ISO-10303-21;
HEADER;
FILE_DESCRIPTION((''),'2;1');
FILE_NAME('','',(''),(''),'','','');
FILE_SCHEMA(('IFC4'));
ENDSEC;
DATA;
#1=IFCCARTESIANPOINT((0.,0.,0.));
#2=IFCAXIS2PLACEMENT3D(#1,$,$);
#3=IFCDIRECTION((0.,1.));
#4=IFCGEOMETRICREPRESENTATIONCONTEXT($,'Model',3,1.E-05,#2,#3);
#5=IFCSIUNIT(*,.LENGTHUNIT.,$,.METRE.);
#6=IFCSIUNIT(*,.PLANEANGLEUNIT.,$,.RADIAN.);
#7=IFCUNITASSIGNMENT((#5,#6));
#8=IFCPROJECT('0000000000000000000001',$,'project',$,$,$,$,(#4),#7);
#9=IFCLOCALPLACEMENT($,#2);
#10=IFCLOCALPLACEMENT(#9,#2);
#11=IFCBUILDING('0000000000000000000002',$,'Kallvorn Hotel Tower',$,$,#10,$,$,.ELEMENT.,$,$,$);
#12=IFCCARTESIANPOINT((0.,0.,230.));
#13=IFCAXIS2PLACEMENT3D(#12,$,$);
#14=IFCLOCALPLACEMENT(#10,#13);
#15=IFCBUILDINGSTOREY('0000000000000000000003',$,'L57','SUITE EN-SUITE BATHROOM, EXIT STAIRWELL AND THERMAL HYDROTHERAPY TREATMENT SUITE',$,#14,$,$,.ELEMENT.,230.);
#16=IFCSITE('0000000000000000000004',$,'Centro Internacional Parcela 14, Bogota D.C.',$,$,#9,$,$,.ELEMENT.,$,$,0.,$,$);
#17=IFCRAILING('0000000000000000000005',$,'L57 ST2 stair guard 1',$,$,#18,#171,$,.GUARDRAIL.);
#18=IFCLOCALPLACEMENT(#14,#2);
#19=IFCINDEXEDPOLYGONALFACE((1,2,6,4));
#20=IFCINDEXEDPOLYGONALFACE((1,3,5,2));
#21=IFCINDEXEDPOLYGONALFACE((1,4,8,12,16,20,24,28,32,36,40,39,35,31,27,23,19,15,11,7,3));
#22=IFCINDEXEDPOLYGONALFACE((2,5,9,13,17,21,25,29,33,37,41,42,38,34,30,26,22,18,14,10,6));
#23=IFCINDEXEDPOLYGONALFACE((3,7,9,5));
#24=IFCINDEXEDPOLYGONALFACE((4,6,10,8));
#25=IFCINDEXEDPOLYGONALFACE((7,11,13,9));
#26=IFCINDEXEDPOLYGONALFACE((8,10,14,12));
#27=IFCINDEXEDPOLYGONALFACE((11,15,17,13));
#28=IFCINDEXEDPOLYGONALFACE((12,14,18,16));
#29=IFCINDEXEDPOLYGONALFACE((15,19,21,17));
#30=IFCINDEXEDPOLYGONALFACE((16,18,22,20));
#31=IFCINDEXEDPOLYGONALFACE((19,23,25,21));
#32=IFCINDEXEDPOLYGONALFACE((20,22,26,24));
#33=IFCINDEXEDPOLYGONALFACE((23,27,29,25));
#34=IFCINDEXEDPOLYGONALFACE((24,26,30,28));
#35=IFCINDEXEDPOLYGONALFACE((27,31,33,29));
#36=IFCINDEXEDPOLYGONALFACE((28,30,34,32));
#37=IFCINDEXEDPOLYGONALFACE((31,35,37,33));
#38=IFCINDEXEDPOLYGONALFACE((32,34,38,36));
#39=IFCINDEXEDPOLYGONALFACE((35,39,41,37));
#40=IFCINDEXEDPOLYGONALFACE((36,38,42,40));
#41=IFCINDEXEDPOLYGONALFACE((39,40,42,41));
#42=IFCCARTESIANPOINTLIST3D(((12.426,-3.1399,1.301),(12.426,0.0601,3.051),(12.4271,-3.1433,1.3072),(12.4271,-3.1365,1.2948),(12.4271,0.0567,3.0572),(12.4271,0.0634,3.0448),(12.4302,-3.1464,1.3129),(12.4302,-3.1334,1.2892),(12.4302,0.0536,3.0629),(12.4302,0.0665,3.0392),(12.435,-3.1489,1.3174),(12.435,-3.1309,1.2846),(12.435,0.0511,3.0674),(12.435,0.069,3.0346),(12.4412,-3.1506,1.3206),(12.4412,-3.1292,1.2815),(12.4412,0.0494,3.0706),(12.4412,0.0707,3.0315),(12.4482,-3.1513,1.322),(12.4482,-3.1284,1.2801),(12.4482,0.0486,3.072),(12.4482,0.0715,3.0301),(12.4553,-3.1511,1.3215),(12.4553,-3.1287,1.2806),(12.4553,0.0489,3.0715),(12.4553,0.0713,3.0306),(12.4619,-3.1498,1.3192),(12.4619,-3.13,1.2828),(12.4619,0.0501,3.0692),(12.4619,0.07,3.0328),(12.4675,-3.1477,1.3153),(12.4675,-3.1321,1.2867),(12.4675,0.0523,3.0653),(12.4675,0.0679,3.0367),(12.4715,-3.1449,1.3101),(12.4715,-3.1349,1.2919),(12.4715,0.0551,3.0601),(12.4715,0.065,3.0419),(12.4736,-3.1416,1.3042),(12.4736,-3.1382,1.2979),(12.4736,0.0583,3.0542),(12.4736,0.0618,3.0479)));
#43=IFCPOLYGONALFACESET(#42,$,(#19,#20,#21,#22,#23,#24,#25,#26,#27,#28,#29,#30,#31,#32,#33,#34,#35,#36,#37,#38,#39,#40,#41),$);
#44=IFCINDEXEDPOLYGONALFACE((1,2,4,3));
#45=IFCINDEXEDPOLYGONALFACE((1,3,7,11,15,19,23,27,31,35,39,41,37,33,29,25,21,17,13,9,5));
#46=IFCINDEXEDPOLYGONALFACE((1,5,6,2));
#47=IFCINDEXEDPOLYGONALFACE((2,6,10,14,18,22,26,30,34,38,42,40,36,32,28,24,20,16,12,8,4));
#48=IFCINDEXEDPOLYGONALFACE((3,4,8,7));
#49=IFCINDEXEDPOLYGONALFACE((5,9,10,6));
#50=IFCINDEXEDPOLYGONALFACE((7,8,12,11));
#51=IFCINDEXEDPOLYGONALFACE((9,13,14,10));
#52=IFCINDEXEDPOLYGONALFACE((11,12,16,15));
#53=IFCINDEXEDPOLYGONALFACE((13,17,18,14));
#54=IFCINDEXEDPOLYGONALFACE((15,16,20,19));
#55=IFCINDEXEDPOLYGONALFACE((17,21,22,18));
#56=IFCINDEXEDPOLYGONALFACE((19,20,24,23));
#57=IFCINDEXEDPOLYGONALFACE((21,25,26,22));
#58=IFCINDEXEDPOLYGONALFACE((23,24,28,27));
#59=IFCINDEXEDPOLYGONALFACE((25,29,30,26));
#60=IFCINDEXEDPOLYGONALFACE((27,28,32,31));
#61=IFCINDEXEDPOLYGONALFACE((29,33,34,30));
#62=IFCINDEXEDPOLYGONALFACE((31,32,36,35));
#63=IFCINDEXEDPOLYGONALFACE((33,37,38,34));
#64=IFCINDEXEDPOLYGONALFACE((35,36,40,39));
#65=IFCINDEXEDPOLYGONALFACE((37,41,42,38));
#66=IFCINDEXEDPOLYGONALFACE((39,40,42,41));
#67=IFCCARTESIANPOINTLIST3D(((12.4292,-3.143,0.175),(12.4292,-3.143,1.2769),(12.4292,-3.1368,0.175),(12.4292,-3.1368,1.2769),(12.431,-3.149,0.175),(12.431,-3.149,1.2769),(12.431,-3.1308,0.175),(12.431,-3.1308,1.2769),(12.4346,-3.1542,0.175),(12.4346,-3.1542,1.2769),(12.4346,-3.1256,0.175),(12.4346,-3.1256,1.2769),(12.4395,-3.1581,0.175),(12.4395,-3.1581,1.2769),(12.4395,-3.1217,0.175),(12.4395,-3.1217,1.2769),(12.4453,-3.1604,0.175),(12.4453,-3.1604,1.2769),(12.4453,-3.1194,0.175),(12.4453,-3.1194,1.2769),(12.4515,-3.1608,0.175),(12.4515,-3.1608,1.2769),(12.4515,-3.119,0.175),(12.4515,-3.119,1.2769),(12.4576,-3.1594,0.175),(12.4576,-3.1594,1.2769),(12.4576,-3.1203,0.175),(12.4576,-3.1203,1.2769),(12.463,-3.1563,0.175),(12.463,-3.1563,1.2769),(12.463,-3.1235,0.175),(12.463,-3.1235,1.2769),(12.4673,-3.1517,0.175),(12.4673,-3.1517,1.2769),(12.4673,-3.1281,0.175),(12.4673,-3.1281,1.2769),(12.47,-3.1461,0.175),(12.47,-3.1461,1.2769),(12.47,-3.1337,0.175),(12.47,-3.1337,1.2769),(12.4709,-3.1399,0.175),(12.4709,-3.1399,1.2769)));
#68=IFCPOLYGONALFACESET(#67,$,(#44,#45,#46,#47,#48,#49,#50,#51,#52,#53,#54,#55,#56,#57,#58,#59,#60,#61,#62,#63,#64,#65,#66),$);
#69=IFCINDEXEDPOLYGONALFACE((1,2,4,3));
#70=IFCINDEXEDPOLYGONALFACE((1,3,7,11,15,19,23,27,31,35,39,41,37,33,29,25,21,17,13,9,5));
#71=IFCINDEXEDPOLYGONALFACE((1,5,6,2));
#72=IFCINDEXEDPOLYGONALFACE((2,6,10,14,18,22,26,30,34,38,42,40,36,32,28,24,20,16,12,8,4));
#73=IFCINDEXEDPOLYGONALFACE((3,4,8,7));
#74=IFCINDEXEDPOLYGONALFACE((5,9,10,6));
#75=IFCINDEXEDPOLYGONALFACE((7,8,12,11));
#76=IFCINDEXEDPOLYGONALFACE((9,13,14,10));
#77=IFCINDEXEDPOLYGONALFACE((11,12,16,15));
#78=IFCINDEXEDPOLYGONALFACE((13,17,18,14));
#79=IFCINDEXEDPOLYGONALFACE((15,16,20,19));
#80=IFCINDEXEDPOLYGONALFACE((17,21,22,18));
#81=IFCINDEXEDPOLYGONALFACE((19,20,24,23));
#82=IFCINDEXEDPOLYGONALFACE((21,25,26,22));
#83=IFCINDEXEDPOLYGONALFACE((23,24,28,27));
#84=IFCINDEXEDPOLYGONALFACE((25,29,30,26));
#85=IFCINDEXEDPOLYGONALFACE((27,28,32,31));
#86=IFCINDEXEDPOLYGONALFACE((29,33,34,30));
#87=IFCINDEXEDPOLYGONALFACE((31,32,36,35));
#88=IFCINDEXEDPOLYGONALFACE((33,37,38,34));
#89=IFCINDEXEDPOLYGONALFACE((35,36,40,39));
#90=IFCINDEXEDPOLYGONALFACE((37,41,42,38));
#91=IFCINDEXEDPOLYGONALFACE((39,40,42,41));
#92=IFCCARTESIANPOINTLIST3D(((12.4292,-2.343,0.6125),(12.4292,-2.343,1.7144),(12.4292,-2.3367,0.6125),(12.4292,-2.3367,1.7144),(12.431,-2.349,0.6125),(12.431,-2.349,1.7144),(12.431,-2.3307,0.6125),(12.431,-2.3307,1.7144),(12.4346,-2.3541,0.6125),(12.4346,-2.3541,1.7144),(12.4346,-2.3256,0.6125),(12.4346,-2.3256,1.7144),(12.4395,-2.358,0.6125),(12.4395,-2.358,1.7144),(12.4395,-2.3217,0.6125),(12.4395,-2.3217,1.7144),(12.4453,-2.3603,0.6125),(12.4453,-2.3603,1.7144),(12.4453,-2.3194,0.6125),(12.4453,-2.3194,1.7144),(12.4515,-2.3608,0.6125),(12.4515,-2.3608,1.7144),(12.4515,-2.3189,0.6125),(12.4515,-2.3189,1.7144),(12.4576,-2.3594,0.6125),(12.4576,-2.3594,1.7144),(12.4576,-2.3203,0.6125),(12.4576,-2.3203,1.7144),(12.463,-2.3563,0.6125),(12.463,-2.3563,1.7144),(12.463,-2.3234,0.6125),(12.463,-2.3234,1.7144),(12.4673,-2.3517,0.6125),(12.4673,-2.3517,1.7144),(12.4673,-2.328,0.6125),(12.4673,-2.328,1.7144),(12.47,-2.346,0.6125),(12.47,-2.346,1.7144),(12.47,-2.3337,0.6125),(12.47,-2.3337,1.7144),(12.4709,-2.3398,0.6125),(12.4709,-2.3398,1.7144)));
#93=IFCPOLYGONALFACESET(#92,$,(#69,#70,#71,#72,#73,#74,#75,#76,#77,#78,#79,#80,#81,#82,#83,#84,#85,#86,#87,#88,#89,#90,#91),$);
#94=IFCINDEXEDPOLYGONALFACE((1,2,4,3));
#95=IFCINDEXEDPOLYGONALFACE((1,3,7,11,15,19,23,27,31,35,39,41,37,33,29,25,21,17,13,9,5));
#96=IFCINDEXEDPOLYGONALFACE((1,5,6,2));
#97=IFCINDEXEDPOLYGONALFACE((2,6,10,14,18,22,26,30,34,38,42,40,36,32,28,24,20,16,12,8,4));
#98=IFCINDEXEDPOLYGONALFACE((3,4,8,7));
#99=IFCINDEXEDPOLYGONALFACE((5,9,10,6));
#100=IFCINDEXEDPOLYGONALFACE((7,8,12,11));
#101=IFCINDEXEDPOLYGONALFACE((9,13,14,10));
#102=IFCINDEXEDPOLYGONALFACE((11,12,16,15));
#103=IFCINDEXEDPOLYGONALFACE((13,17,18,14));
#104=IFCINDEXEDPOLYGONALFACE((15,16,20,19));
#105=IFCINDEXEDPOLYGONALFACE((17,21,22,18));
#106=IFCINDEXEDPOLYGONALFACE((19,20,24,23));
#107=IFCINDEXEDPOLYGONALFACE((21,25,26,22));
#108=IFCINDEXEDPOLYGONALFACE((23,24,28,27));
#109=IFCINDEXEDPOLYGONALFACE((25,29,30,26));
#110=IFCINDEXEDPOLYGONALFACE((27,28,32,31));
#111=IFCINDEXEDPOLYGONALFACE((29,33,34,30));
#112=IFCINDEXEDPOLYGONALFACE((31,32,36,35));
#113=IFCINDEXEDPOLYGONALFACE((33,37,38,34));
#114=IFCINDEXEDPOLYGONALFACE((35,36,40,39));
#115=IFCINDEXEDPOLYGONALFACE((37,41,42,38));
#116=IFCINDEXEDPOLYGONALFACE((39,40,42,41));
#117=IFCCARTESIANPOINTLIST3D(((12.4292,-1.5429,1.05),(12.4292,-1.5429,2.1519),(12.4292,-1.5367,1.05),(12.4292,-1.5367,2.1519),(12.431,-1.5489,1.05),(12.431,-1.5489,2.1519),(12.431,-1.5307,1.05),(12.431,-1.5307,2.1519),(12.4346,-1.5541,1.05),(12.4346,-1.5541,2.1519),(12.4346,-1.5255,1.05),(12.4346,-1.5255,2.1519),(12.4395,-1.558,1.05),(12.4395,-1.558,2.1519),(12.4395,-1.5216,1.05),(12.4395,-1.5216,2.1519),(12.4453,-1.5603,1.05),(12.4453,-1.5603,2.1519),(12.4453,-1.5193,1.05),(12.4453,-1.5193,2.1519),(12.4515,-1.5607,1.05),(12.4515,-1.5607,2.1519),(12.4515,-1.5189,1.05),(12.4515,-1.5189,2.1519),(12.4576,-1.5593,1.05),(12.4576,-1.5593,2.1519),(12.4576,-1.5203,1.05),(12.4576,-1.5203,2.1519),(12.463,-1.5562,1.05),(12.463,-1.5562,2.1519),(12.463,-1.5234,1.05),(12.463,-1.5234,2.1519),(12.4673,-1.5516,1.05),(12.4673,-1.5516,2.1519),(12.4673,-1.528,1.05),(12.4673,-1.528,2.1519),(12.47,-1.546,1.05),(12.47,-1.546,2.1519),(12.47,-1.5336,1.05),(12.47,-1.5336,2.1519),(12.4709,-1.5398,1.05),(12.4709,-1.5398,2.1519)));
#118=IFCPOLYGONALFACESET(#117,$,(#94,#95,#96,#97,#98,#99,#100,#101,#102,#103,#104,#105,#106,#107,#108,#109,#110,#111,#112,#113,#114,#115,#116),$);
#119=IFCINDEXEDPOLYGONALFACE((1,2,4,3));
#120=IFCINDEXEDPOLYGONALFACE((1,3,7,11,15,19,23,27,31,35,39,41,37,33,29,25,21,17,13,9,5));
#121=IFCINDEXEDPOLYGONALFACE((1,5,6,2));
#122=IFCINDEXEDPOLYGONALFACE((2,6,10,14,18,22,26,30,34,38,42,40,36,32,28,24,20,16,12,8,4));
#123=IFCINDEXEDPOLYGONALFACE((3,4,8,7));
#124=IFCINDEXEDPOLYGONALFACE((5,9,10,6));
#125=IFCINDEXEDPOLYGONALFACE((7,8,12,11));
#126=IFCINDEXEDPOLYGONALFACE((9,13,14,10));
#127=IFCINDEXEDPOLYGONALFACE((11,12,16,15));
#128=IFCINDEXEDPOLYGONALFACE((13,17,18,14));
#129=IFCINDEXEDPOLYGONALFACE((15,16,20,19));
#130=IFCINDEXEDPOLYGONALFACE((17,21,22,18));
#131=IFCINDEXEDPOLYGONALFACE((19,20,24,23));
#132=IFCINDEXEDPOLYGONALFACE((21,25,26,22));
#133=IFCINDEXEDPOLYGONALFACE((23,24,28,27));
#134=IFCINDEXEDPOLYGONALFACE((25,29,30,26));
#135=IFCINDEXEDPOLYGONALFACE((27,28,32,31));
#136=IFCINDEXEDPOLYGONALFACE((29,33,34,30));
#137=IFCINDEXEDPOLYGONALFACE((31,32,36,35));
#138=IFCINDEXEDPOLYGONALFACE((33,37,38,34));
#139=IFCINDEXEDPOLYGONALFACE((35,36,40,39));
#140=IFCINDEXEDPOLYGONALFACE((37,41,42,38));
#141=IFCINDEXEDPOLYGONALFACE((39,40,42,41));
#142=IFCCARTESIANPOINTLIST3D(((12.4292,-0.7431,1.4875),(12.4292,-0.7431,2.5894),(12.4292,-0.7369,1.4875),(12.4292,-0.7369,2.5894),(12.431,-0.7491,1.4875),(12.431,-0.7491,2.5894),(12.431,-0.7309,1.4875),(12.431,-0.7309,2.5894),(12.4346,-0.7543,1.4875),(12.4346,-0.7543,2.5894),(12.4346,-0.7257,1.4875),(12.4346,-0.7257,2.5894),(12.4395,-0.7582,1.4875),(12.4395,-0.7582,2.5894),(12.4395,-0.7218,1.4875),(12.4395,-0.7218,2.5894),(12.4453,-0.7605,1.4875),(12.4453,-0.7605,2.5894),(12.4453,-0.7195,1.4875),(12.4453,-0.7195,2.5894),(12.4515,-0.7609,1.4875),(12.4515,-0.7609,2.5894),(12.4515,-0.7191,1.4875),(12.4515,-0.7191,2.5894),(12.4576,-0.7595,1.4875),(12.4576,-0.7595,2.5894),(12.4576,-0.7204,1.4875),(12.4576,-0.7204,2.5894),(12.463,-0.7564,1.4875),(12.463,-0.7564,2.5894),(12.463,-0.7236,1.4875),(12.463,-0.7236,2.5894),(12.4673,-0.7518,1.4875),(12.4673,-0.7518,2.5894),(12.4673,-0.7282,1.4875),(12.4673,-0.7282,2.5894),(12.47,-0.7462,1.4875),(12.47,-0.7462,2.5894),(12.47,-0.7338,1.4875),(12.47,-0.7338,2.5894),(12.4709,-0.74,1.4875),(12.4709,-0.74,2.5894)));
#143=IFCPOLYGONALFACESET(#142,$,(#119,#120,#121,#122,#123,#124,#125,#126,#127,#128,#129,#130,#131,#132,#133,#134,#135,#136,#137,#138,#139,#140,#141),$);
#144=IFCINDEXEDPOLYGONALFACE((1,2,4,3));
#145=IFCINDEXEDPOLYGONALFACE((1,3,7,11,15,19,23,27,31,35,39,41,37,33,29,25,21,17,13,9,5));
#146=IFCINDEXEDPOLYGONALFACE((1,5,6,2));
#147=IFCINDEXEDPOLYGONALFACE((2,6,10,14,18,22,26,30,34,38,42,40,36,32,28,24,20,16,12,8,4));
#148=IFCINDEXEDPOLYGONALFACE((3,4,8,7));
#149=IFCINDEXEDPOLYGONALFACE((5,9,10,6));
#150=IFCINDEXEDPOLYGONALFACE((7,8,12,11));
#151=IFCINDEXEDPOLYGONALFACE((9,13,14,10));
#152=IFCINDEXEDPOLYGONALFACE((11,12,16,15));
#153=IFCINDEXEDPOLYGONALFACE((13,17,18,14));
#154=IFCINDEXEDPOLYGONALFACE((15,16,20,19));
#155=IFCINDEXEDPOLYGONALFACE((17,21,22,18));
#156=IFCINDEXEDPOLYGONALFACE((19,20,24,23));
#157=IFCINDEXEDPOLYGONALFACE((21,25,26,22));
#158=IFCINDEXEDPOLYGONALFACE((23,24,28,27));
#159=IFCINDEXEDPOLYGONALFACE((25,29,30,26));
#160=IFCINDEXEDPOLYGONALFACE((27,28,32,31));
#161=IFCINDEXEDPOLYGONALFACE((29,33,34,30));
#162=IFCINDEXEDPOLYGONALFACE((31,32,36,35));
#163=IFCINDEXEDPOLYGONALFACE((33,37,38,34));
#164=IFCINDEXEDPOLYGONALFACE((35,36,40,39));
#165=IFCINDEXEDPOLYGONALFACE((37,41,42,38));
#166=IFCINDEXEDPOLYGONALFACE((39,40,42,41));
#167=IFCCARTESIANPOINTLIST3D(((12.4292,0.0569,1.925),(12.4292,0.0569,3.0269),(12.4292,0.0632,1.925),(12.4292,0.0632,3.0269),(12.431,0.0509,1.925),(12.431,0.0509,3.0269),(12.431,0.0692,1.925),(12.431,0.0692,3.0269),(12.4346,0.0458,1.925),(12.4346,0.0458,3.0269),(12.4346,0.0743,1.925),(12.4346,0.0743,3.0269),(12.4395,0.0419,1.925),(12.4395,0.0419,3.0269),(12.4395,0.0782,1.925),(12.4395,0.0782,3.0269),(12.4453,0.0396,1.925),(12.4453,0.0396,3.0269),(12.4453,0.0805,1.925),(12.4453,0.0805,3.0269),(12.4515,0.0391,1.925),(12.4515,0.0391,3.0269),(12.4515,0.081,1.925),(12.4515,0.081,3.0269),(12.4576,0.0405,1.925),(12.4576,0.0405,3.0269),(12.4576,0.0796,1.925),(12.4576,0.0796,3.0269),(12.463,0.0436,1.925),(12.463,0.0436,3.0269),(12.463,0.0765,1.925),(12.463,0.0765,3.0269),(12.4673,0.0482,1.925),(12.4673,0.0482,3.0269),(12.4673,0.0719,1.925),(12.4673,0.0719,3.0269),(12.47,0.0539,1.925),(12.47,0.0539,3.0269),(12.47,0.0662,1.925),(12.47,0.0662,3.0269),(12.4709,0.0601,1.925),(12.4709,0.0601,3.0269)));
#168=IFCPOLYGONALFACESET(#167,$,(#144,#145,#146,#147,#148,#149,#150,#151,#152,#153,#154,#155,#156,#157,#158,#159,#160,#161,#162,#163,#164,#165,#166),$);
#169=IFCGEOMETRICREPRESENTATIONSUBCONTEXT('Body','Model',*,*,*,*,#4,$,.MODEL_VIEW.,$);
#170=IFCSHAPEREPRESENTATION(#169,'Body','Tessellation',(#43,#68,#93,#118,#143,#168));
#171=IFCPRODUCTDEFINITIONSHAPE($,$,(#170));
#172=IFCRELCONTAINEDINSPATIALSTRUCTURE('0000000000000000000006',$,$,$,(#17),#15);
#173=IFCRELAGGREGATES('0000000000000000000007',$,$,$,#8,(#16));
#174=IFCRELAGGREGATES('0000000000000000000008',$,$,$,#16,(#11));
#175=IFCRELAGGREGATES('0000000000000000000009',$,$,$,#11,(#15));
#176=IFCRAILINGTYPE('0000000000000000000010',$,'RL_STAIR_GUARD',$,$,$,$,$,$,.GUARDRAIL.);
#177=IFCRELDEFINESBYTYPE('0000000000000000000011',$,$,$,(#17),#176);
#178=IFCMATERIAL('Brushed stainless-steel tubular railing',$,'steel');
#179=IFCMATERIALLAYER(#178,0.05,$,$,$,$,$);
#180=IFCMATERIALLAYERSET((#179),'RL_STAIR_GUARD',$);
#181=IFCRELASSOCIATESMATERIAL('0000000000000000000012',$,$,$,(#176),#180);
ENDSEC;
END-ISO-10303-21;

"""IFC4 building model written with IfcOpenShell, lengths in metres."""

from ifc_helpers import new_model, si_unit, direction, frame, origin, origin_2d, place, context, subcontext, project, spatial, circle, extrude, material, layer, layer_set, type_object, element, save


model = new_model("IFC4")

# Units and contexts
model_context = context("Model", 3, precision=1e-05, world=origin(), true_north=direction((0.0, 1.0)))
body_context = subcontext(model_context, "Body", "Model", "MODEL_VIEW")
ifc_project = project(units=[si_unit("LENGTHUNIT", "METRE"), si_unit("PLANEANGLEUNIT", "RADIAN")], contexts=[model_context])

# Site, building, storey
site_placement = place(None, origin())
site = spatial("IfcSite", under=ifc_project, at=site_placement, Name="Centro Internacional Parcela 14, Bogota D.C.", CompositionType="ELEMENT", RefElevation=0.0)
building_placement = place(site_placement, origin())
building = spatial("IfcBuilding", under=site, at=building_placement, Name="Kallvorn Hotel Tower", CompositionType="ELEMENT")
storey_placement = place(building_placement, frame((0.0, 0.0, 230.0)))
storey = spatial("IfcBuildingStorey", under=building, at=storey_placement, Name="L57", Description="SUITE EN-SUITE BATHROOM, EXIT STAIRWELL AND THERMAL HYDROTHERAPY TREATMENT SUITE", CompositionType="ELEMENT", Elevation=230.0)

# Railing
ifc_material_1 = material(Name="Brushed stainless-steel tubular railing", Category="steel")
ifc_layer_1 = layer(ifc_material_1, 0.05)
ifc_layer_set_1 = layer_set([ifc_layer_1], Name="RL_STAIR_GUARD")
railing_type_1 = type_object("IfcRailingType", Name="RL_STAIR_GUARD", PredefinedType="GUARDRAIL", material=ifc_layer_set_1)
railing_1_placement = place(storey_placement, frame((12.45, -3.1399, 0.175)))
element("IfcRailing", 1, at=railing_1_placement, inside=storey, type_object=railing_type_1, Name="L57 ST2 stair guard 1", PredefinedType="GUARDRAIL", context=body_context, shape_type="SweptSolid", body=[
    extrude(circle(Radius=0.0239, at=origin_2d()), frame((0.0, 0.0, 1.126), z_axis=(0.0, 0.877368, 0.479818), x_axis=(-1.0, 0.0, 0.0)), (0.0, 0.0, 1.0), 3.6472),
    extrude(circle(Radius=0.021, at=origin_2d()), origin(), (0.0, 0.0, 1.0), 1.1018),
    extrude(circle(Radius=0.021, at=origin_2d()), frame((0.0, 0.8, 0.4375)), (0.0, 0.0, 1.0), 1.1018),
    extrude(circle(Radius=0.021, at=origin_2d()), frame((0.0, 1.6001, 0.875)), (0.0, 0.0, 1.0), 1.1018),
    extrude(circle(Radius=0.021, at=origin_2d()), frame((0.0, 2.3999, 1.3125)), (0.0, 0.0, 1.0), 1.1018),
    extrude(circle(Radius=0.021, at=origin_2d()), frame((0.0, 3.2, 1.75)), (0.0, 0.0, 1.0), 1.1018),
])

save(model, "model.ifc")
